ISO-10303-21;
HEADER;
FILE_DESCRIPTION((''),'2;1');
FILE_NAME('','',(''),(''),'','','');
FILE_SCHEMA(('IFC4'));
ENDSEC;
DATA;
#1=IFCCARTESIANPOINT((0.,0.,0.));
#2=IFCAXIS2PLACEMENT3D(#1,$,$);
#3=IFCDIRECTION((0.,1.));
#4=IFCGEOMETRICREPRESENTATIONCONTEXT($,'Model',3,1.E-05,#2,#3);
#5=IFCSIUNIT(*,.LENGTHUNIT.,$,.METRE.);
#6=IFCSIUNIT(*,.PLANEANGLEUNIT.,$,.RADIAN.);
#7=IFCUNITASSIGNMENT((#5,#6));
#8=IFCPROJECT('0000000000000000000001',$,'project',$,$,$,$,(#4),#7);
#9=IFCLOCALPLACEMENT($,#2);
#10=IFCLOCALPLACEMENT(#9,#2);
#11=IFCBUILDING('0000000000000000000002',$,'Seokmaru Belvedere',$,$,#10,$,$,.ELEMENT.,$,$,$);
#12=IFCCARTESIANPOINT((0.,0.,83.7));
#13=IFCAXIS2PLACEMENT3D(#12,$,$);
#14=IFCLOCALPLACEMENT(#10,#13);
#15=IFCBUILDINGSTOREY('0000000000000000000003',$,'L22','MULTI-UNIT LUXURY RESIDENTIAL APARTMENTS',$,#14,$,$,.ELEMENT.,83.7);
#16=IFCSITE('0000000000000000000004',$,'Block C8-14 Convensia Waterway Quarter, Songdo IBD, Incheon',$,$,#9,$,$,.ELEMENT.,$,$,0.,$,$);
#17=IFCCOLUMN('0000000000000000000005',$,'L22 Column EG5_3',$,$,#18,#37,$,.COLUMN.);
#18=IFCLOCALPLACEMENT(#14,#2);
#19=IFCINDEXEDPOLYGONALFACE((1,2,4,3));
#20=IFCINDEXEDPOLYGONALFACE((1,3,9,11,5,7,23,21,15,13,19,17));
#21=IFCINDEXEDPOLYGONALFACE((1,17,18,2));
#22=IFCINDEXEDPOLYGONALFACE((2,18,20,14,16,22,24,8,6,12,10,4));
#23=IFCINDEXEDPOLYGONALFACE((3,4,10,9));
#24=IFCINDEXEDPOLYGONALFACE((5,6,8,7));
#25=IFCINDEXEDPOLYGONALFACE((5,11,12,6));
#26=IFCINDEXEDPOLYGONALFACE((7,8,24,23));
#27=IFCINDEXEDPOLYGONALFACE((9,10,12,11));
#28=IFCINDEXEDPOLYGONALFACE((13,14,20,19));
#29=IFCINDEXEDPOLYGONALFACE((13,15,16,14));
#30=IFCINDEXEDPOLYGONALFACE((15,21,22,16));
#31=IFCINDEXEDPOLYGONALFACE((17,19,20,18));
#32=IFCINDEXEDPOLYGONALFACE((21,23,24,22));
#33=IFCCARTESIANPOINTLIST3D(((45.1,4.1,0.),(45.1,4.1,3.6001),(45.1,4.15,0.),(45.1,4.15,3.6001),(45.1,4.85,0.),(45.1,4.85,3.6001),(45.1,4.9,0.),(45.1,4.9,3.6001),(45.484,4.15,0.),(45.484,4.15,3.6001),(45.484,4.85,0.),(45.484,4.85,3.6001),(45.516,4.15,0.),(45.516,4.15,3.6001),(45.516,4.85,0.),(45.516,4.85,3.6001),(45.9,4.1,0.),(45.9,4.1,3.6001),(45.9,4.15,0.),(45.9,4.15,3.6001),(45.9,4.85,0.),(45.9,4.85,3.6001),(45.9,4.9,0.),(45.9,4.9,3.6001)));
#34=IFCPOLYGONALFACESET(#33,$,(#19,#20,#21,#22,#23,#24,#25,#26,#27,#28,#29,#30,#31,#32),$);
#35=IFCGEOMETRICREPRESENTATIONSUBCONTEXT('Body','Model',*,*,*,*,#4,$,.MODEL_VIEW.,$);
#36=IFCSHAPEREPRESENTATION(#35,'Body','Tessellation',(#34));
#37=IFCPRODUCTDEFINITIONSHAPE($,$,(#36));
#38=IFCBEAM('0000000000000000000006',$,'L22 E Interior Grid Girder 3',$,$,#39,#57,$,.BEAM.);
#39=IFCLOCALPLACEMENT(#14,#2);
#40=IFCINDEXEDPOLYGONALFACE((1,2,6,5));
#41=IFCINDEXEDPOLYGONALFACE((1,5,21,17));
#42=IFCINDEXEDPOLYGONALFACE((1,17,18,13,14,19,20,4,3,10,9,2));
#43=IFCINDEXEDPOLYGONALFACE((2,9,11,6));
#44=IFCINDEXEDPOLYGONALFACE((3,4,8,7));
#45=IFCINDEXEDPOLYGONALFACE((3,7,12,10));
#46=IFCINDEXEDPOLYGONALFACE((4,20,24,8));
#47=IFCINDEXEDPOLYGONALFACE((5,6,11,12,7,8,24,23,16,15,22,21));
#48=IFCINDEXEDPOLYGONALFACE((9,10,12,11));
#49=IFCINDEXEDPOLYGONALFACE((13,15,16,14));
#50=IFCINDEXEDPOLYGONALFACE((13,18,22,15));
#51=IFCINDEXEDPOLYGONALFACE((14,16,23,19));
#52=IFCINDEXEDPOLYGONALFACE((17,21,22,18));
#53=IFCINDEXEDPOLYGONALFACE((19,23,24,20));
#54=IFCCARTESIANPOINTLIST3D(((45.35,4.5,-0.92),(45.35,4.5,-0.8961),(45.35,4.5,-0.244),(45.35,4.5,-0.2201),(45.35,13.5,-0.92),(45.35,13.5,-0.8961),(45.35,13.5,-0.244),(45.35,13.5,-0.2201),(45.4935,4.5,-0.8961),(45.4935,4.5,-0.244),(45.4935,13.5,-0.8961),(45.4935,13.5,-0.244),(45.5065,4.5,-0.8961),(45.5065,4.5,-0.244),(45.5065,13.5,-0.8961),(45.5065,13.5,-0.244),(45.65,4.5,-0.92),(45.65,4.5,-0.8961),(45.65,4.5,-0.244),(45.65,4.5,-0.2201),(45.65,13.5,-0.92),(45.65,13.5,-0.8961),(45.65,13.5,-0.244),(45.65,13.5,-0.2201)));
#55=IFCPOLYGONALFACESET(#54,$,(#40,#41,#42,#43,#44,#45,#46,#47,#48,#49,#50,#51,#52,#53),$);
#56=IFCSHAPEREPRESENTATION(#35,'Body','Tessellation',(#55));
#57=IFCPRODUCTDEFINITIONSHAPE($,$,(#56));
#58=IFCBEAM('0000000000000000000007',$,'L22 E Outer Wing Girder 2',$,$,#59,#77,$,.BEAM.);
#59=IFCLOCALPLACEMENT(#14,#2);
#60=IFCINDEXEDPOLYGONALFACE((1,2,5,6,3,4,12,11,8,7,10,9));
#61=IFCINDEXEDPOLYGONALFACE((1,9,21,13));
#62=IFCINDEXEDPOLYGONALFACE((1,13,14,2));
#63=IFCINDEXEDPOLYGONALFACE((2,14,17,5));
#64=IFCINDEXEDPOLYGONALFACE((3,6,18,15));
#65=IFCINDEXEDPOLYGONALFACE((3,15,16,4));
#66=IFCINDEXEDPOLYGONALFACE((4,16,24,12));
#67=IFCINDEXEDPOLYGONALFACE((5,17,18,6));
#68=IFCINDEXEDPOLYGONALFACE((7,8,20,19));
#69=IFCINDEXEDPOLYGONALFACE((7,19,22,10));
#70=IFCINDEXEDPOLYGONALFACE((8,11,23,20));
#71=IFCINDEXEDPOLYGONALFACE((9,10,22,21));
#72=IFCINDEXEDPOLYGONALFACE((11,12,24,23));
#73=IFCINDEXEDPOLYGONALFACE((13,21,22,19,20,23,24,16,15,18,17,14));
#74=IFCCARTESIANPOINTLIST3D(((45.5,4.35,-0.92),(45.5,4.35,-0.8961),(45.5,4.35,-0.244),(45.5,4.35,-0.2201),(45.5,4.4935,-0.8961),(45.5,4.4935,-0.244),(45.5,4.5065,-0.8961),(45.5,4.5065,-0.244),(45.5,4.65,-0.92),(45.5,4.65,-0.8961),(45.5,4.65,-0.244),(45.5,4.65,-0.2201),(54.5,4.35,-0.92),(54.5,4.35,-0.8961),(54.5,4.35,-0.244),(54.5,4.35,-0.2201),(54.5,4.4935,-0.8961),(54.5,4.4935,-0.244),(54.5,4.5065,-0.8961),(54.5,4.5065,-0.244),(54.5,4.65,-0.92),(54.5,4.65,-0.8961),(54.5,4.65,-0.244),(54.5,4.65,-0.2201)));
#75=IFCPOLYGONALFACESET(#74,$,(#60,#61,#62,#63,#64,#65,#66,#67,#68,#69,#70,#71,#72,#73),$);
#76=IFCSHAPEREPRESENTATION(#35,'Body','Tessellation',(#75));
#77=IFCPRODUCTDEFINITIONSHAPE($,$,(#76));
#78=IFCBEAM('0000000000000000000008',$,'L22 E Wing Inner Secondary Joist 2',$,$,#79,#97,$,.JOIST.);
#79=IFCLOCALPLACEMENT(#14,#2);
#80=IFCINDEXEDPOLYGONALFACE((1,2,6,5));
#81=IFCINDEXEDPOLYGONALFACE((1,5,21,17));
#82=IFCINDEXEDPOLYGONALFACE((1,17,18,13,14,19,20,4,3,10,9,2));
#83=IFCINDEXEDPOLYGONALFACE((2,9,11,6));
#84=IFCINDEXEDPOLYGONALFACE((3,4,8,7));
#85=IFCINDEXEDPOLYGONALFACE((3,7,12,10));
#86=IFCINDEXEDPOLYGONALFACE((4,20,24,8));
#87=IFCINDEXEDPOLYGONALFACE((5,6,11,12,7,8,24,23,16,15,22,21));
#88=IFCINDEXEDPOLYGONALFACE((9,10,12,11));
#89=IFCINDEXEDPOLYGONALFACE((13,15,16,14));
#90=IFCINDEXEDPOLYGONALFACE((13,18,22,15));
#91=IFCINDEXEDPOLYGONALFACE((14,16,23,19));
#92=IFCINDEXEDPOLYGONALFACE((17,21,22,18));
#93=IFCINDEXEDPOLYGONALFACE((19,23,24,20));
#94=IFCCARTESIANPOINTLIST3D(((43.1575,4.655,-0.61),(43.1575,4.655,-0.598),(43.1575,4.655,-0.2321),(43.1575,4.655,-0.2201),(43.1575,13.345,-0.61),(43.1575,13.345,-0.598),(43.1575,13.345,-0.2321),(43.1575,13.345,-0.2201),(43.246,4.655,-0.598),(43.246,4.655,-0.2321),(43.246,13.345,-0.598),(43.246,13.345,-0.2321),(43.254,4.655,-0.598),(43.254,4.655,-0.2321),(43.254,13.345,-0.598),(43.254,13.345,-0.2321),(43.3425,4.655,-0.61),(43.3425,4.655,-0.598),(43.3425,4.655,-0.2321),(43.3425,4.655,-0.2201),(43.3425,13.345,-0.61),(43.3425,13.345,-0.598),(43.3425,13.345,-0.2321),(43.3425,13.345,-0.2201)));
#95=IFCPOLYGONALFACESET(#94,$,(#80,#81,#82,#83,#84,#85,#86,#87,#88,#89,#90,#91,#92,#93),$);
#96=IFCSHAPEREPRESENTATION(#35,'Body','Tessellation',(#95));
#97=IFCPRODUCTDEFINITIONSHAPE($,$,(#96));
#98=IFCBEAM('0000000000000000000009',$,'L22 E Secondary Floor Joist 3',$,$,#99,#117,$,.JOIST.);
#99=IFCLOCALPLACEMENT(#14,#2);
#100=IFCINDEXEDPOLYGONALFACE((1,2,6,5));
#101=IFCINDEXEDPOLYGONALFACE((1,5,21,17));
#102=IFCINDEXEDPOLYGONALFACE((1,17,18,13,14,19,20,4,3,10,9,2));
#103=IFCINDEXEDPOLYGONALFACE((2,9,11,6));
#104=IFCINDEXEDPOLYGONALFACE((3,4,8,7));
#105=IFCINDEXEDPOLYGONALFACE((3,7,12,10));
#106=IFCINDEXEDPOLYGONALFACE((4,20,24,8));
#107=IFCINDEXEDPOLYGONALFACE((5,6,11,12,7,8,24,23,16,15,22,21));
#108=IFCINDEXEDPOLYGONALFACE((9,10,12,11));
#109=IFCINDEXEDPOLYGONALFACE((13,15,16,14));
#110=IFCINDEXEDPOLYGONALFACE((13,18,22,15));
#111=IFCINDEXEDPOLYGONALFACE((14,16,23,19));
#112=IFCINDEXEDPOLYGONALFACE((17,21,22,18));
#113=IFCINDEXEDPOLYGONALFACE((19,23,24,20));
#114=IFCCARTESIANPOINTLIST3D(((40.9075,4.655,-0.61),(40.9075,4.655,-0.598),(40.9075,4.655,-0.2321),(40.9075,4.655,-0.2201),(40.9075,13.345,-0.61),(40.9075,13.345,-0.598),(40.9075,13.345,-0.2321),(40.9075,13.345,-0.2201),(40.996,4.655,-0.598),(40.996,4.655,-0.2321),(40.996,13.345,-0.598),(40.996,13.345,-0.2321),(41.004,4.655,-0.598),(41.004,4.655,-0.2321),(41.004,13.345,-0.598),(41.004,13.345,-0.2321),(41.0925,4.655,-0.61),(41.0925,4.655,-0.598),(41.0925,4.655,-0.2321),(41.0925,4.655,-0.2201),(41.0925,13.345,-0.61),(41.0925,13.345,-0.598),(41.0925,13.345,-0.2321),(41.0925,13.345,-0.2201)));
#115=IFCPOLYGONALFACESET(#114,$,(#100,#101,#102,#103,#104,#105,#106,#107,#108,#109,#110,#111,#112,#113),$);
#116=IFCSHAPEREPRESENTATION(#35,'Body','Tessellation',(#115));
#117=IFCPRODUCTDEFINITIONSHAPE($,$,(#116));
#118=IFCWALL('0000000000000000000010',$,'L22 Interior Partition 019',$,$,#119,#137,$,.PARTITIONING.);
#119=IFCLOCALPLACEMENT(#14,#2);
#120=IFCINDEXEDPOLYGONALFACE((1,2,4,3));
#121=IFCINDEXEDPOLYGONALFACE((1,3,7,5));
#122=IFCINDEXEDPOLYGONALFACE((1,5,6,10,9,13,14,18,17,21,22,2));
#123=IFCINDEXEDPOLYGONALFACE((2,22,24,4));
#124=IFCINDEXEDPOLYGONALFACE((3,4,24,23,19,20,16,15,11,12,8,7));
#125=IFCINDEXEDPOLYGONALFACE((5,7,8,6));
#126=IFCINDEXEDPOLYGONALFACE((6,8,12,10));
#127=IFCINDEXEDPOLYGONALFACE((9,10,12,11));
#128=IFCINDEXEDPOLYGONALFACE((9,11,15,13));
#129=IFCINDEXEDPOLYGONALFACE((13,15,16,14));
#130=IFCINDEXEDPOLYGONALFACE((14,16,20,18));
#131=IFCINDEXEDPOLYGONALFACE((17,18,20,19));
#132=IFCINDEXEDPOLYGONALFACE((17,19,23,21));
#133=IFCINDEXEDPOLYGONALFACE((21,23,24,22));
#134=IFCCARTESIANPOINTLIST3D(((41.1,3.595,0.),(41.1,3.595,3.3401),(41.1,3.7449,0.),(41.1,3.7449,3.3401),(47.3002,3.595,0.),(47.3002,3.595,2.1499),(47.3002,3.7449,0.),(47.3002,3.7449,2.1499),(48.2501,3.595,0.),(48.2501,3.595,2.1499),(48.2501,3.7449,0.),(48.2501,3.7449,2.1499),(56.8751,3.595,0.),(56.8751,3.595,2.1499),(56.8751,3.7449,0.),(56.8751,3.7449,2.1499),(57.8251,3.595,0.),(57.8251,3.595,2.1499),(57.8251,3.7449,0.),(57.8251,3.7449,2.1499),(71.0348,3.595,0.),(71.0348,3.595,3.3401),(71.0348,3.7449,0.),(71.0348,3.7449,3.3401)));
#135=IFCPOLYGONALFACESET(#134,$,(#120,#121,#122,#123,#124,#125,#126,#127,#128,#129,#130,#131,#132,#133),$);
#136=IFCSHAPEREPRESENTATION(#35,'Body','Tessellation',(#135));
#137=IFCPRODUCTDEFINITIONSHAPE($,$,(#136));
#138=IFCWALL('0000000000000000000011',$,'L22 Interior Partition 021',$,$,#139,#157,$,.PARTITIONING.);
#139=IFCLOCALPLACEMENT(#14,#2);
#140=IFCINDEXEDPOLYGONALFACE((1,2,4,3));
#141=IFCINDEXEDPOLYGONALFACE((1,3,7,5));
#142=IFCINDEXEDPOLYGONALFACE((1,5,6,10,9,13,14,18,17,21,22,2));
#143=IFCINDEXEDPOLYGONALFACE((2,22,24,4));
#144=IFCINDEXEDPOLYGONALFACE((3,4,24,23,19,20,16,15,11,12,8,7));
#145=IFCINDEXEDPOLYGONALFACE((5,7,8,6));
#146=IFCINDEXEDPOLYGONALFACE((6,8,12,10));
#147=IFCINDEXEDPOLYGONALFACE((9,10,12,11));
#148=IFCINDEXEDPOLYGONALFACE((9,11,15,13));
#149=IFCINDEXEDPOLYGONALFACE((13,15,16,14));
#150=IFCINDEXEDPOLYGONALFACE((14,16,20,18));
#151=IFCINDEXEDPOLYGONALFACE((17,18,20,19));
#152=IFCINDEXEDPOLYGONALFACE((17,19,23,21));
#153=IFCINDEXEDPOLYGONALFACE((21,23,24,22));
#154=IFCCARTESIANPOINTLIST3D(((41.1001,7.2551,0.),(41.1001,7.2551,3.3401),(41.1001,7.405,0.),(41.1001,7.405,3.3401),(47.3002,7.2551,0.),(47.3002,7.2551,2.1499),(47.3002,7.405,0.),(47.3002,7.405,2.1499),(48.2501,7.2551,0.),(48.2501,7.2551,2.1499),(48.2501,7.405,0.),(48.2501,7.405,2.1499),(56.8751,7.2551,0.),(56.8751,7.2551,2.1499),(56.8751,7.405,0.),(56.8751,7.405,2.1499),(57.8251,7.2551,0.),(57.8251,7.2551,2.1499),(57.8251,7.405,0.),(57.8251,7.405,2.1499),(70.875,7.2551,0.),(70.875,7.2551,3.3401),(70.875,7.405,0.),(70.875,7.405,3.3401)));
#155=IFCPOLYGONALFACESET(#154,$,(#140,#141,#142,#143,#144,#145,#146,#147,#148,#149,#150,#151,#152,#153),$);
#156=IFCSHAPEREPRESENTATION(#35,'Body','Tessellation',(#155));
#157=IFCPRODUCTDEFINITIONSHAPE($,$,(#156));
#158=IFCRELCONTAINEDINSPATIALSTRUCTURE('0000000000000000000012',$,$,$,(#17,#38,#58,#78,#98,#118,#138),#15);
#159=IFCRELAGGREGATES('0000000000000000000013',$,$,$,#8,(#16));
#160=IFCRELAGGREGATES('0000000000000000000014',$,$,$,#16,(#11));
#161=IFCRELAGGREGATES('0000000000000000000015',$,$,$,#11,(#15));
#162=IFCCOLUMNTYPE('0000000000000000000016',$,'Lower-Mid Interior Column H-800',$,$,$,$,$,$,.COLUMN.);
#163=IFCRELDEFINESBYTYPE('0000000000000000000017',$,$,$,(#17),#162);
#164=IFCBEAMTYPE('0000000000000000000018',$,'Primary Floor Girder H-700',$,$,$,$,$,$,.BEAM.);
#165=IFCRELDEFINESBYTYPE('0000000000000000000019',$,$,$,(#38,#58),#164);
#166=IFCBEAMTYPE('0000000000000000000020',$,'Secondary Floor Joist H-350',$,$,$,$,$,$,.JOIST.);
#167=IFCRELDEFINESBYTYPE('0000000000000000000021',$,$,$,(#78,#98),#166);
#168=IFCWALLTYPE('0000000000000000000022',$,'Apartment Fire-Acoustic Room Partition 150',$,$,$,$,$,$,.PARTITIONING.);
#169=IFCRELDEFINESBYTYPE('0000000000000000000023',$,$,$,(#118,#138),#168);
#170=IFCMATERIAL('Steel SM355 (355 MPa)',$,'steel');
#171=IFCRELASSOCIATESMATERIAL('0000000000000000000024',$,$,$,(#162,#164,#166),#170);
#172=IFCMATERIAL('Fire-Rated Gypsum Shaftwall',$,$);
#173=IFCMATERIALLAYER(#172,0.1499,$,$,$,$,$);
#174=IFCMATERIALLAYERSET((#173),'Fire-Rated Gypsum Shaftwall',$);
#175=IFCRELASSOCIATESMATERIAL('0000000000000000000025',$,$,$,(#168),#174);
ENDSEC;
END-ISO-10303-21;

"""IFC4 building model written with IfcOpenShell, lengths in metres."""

from ifc_helpers import new_model, si_unit, direction, frame, frame_2d, origin, origin_2d, place, context, subcontext, project, spatial, rectangle, i_section, extrude, source, transform, mapped, material, layer, layer_set, material_profile, profile_set, type_object, type_shapes, element, save


model = new_model("IFC4")

# Units and contexts
model_context = context("Model", 3, precision=1e-05, world=origin(), true_north=direction((0.0, 1.0)))
body_context = subcontext(model_context, "Body", "Model", "MODEL_VIEW")
ifc_project = project(units=[si_unit("LENGTHUNIT", "METRE"), si_unit("PLANEANGLEUNIT", "RADIAN")], contexts=[model_context])

# Site, building, storey
site_placement = place(None, origin())
site = spatial("IfcSite", under=ifc_project, at=site_placement, Name="Block C8-14 Convensia Waterway Quarter, Songdo IBD, Incheon", CompositionType="ELEMENT", RefElevation=0.0)
building_placement = place(site_placement, origin())
building = spatial("IfcBuilding", under=site, at=building_placement, Name="Seokmaru Belvedere", CompositionType="ELEMENT")
storey_placement = place(building_placement, frame((0.0, 0.0, 83.7)))
storey = spatial("IfcBuildingStorey", under=building, at=storey_placement, Name="L22", Description="MULTI-UNIT LUXURY RESIDENTIAL APARTMENTS", CompositionType="ELEMENT", Elevation=83.7)

# Column
ifc_material_1 = material(Name="Steel SM355 (355 MPa)", Category="steel")
ifc_material_profile_1 = material_profile(ifc_material_1, i_section(OverallWidth=0.8, OverallDepth=0.8, WebThickness=0.032, FlangeThickness=0.05, at=origin_2d()), Name="H-800x800x32x50")
ifc_profile_set_1 = profile_set([ifc_material_profile_1], Name="Steel SM355 (355 MPa)")
column_type = type_object("IfcColumnType", Name="Lower-Mid Interior Column H-800", PredefinedType="COLUMN", material=ifc_profile_set_1)
shared_shape_1 = source(origin(), body_context, "Body", "SweptSolid", [
    extrude(i_section(OverallWidth=0.8, OverallDepth=0.8, WebThickness=0.032, FlangeThickness=0.05, at=origin_2d()), origin(), (0.0, 0.0, 1.0), 3.6001),
])
type_shapes(column_type, [shared_shape_1])
column_placement = place(storey_placement, frame((45.5, 4.5, 0.0), z_axis=(0.0, 0.0, 1.0), x_axis=(1.0, 0.0, 0.0)))
element("IfcColumn", 1, at=column_placement, inside=storey, type_object=column_type, Name="L22 Column EG5_3", PredefinedType="COLUMN", context=body_context, shape_type="MappedRepresentation", body=[
    mapped(shared_shape_1, transform((0.0, 0.0, 0.0), scale=1.0)),
])

# Beams
ifc_material_profile_2 = material_profile(ifc_material_1, i_section(OverallWidth=0.3, OverallDepth=0.7, WebThickness=0.0129, FlangeThickness=0.0239, at=origin_2d()), Name="H-700x300x13x24")
ifc_profile_set_2 = profile_set([ifc_material_profile_2], Name="Steel SM355 (355 MPa)")
beam_type_1 = type_object("IfcBeamType", Name="Primary Floor Girder H-700", PredefinedType="BEAM", material=ifc_profile_set_2)
shared_shape_2 = source(origin(), body_context, "Body", "SweptSolid", [
    extrude(i_section(OverallWidth=0.3, OverallDepth=0.7, WebThickness=0.0129, FlangeThickness=0.0239, at=origin_2d()), origin(), (0.0, 0.0, 1.0), 9.0),
])
type_shapes(beam_type_1, [shared_shape_2])
for number, where, z_axis, x_axis, name in (
    (2, (45.5, 4.5, -0.5701), (0.0, 1.0, 0.0), (-1.0, 0.0, 0.0), "L22 E Interior Grid Girder 3"),
    (3, (45.5, 4.5, -0.5701), (1.0, 0.0, 0.0), (0.0, 1.0, 0.0), "L22 E Outer Wing Girder 2"),
):
    element("IfcBeam", number, at=place(storey_placement, frame(where, z_axis=z_axis, x_axis=x_axis)), inside=storey, type_object=beam_type_1, Name=name, PredefinedType="BEAM", context=body_context, shape_type="MappedRepresentation", body=[
        mapped(shared_shape_2, transform((0.0, 0.0, 0.0), scale=1.0)),
    ])
ifc_material_profile_3 = material_profile(ifc_material_1, i_section(OverallWidth=0.1851, OverallDepth=0.3899, WebThickness=0.0081, FlangeThickness=0.012, at=origin_2d()), Name="H-390x185x8x12")
ifc_profile_set_3 = profile_set([ifc_material_profile_3], Name="Steel SM355 (355 MPa)")
beam_type_2 = type_object("IfcBeamType", Name="Secondary Floor Joist H-350", PredefinedType="JOIST", material=ifc_profile_set_3)
shared_shape_3 = source(origin(), body_context, "Body", "SweptSolid", [
    extrude(i_section(OverallWidth=0.1851, OverallDepth=0.3899, WebThickness=0.0081, FlangeThickness=0.012, at=origin_2d()), origin(), (0.0, 0.0, 1.0), 8.6899),
])
type_shapes(beam_type_2, [shared_shape_3])
for number, where, z_axis, x_axis, name in (
    (4, (43.25, 4.655, -0.415), (0.0, 1.0, 0.0), (-1.0, 0.0, 0.0), "L22 E Wing Inner Secondary Joist 2"),
    (5, (41.0, 4.655, -0.415), (0.0, 1.0, 0.0), (-1.0, 0.0, 0.0), "L22 E Secondary Floor Joist 3"),
):
    element("IfcBeam", number, at=place(storey_placement, frame(where, z_axis=z_axis, x_axis=x_axis)), inside=storey, type_object=beam_type_2, Name=name, PredefinedType="JOIST", context=body_context, shape_type="MappedRepresentation", body=[
        mapped(shared_shape_3, transform((0.0, 0.0, 0.0), scale=1.0)),
    ])

# Walls, openings
ifc_material_2 = material(Name="Fire-Rated Gypsum Shaftwall")
ifc_layer_1 = layer(ifc_material_2, 0.1499)
ifc_layer_set_1 = layer_set([ifc_layer_1], Name="Fire-Rated Gypsum Shaftwall")
wall_type_1 = type_object("IfcWallType", Name="Apartment Fire-Acoustic Room Partition 150", PredefinedType="PARTITIONING", material=ifc_layer_set_1)
wall_1_placement = place(storey_placement, frame((41.1001, 3.6699, 0.0), z_axis=(0.0, 0.0, 1.0), x_axis=(1.0, 0.0, 0.0)))
wall_1 = element("IfcWall", 6, at=wall_1_placement, inside=storey, type_object=wall_type_1, Name="L22 Interior Partition 019", PredefinedType="PARTITIONING", context=body_context, shape_type="SweptSolid", body=[
    extrude(rectangle(XDim=29.9348, YDim=0.1499, at=frame_2d((14.9673, 0.0))), origin(), (0.0, 0.0, 1.0), 3.3401),
])
opening_1_placement = place(wall_1_placement, frame((6.2, 0.0, 0.0)))
element("IfcOpeningElement", 7, at=opening_1_placement, cuts=wall_1, PredefinedType="OPENING", context=body_context, shape_type="SweptSolid", body=[
    extrude(rectangle(XDim=0.95, YDim=2.1499, at=frame_2d((0.4751, 1.075))), frame((0.0, 0.085, 0.0), z_axis=(0.0, -1.0, 0.0), x_axis=(1.0, 0.0, 0.0)), (0.0, 0.0, 1.0), 0.1699),
])
opening_2_placement = place(wall_1_placement, frame((15.7749, 0.0, 0.0)))
element("IfcOpeningElement", 8, at=opening_2_placement, cuts=wall_1, PredefinedType="OPENING", context=body_context, shape_type="SweptSolid", body=[
    extrude(rectangle(XDim=0.95, YDim=2.1499, at=frame_2d((0.4751, 1.075))), frame((0.0, 0.085, 0.0), z_axis=(0.0, -1.0, 0.0), x_axis=(1.0, 0.0, 0.0)), (0.0, 0.0, 1.0), 0.1699),
])
wall_2_placement = place(storey_placement, frame((41.1001, 7.3301, 0.0), z_axis=(0.0, 0.0, 1.0), x_axis=(1.0, 0.0, 0.0)))
wall_2 = element("IfcWall", 9, at=wall_2_placement, inside=storey, type_object=wall_type_1, Name="L22 Interior Partition 021", PredefinedType="PARTITIONING", context=body_context, shape_type="SweptSolid", body=[
    extrude(rectangle(XDim=29.7749, YDim=0.1499, at=frame_2d((14.8875, 0.0))), origin(), (0.0, 0.0, 1.0), 3.3401),
])
opening_3_placement = place(wall_2_placement, frame((6.2, 0.0, 0.0)))
element("IfcOpeningElement", 10, at=opening_3_placement, cuts=wall_2, PredefinedType="OPENING", context=body_context, shape_type="SweptSolid", body=[
    extrude(rectangle(XDim=0.95, YDim=2.1499, at=frame_2d((0.4751, 1.075))), frame((0.0, 0.085, 0.0), z_axis=(0.0, -1.0, 0.0), x_axis=(1.0, 0.0, 0.0)), (0.0, 0.0, 1.0), 0.1699),
])
opening_4_placement = place(wall_2_placement, frame((15.7749, 0.0, 0.0)))
element("IfcOpeningElement", 11, at=opening_4_placement, cuts=wall_2, PredefinedType="OPENING", context=body_context, shape_type="SweptSolid", body=[
    extrude(rectangle(XDim=0.95, YDim=2.1499, at=frame_2d((0.4751, 1.075))), frame((0.0, 0.085, 0.0), z_axis=(0.0, -1.0, 0.0), x_axis=(1.0, 0.0, 0.0)), (0.0, 0.0, 1.0), 0.1699),
])

save(model, "model.ifc")
